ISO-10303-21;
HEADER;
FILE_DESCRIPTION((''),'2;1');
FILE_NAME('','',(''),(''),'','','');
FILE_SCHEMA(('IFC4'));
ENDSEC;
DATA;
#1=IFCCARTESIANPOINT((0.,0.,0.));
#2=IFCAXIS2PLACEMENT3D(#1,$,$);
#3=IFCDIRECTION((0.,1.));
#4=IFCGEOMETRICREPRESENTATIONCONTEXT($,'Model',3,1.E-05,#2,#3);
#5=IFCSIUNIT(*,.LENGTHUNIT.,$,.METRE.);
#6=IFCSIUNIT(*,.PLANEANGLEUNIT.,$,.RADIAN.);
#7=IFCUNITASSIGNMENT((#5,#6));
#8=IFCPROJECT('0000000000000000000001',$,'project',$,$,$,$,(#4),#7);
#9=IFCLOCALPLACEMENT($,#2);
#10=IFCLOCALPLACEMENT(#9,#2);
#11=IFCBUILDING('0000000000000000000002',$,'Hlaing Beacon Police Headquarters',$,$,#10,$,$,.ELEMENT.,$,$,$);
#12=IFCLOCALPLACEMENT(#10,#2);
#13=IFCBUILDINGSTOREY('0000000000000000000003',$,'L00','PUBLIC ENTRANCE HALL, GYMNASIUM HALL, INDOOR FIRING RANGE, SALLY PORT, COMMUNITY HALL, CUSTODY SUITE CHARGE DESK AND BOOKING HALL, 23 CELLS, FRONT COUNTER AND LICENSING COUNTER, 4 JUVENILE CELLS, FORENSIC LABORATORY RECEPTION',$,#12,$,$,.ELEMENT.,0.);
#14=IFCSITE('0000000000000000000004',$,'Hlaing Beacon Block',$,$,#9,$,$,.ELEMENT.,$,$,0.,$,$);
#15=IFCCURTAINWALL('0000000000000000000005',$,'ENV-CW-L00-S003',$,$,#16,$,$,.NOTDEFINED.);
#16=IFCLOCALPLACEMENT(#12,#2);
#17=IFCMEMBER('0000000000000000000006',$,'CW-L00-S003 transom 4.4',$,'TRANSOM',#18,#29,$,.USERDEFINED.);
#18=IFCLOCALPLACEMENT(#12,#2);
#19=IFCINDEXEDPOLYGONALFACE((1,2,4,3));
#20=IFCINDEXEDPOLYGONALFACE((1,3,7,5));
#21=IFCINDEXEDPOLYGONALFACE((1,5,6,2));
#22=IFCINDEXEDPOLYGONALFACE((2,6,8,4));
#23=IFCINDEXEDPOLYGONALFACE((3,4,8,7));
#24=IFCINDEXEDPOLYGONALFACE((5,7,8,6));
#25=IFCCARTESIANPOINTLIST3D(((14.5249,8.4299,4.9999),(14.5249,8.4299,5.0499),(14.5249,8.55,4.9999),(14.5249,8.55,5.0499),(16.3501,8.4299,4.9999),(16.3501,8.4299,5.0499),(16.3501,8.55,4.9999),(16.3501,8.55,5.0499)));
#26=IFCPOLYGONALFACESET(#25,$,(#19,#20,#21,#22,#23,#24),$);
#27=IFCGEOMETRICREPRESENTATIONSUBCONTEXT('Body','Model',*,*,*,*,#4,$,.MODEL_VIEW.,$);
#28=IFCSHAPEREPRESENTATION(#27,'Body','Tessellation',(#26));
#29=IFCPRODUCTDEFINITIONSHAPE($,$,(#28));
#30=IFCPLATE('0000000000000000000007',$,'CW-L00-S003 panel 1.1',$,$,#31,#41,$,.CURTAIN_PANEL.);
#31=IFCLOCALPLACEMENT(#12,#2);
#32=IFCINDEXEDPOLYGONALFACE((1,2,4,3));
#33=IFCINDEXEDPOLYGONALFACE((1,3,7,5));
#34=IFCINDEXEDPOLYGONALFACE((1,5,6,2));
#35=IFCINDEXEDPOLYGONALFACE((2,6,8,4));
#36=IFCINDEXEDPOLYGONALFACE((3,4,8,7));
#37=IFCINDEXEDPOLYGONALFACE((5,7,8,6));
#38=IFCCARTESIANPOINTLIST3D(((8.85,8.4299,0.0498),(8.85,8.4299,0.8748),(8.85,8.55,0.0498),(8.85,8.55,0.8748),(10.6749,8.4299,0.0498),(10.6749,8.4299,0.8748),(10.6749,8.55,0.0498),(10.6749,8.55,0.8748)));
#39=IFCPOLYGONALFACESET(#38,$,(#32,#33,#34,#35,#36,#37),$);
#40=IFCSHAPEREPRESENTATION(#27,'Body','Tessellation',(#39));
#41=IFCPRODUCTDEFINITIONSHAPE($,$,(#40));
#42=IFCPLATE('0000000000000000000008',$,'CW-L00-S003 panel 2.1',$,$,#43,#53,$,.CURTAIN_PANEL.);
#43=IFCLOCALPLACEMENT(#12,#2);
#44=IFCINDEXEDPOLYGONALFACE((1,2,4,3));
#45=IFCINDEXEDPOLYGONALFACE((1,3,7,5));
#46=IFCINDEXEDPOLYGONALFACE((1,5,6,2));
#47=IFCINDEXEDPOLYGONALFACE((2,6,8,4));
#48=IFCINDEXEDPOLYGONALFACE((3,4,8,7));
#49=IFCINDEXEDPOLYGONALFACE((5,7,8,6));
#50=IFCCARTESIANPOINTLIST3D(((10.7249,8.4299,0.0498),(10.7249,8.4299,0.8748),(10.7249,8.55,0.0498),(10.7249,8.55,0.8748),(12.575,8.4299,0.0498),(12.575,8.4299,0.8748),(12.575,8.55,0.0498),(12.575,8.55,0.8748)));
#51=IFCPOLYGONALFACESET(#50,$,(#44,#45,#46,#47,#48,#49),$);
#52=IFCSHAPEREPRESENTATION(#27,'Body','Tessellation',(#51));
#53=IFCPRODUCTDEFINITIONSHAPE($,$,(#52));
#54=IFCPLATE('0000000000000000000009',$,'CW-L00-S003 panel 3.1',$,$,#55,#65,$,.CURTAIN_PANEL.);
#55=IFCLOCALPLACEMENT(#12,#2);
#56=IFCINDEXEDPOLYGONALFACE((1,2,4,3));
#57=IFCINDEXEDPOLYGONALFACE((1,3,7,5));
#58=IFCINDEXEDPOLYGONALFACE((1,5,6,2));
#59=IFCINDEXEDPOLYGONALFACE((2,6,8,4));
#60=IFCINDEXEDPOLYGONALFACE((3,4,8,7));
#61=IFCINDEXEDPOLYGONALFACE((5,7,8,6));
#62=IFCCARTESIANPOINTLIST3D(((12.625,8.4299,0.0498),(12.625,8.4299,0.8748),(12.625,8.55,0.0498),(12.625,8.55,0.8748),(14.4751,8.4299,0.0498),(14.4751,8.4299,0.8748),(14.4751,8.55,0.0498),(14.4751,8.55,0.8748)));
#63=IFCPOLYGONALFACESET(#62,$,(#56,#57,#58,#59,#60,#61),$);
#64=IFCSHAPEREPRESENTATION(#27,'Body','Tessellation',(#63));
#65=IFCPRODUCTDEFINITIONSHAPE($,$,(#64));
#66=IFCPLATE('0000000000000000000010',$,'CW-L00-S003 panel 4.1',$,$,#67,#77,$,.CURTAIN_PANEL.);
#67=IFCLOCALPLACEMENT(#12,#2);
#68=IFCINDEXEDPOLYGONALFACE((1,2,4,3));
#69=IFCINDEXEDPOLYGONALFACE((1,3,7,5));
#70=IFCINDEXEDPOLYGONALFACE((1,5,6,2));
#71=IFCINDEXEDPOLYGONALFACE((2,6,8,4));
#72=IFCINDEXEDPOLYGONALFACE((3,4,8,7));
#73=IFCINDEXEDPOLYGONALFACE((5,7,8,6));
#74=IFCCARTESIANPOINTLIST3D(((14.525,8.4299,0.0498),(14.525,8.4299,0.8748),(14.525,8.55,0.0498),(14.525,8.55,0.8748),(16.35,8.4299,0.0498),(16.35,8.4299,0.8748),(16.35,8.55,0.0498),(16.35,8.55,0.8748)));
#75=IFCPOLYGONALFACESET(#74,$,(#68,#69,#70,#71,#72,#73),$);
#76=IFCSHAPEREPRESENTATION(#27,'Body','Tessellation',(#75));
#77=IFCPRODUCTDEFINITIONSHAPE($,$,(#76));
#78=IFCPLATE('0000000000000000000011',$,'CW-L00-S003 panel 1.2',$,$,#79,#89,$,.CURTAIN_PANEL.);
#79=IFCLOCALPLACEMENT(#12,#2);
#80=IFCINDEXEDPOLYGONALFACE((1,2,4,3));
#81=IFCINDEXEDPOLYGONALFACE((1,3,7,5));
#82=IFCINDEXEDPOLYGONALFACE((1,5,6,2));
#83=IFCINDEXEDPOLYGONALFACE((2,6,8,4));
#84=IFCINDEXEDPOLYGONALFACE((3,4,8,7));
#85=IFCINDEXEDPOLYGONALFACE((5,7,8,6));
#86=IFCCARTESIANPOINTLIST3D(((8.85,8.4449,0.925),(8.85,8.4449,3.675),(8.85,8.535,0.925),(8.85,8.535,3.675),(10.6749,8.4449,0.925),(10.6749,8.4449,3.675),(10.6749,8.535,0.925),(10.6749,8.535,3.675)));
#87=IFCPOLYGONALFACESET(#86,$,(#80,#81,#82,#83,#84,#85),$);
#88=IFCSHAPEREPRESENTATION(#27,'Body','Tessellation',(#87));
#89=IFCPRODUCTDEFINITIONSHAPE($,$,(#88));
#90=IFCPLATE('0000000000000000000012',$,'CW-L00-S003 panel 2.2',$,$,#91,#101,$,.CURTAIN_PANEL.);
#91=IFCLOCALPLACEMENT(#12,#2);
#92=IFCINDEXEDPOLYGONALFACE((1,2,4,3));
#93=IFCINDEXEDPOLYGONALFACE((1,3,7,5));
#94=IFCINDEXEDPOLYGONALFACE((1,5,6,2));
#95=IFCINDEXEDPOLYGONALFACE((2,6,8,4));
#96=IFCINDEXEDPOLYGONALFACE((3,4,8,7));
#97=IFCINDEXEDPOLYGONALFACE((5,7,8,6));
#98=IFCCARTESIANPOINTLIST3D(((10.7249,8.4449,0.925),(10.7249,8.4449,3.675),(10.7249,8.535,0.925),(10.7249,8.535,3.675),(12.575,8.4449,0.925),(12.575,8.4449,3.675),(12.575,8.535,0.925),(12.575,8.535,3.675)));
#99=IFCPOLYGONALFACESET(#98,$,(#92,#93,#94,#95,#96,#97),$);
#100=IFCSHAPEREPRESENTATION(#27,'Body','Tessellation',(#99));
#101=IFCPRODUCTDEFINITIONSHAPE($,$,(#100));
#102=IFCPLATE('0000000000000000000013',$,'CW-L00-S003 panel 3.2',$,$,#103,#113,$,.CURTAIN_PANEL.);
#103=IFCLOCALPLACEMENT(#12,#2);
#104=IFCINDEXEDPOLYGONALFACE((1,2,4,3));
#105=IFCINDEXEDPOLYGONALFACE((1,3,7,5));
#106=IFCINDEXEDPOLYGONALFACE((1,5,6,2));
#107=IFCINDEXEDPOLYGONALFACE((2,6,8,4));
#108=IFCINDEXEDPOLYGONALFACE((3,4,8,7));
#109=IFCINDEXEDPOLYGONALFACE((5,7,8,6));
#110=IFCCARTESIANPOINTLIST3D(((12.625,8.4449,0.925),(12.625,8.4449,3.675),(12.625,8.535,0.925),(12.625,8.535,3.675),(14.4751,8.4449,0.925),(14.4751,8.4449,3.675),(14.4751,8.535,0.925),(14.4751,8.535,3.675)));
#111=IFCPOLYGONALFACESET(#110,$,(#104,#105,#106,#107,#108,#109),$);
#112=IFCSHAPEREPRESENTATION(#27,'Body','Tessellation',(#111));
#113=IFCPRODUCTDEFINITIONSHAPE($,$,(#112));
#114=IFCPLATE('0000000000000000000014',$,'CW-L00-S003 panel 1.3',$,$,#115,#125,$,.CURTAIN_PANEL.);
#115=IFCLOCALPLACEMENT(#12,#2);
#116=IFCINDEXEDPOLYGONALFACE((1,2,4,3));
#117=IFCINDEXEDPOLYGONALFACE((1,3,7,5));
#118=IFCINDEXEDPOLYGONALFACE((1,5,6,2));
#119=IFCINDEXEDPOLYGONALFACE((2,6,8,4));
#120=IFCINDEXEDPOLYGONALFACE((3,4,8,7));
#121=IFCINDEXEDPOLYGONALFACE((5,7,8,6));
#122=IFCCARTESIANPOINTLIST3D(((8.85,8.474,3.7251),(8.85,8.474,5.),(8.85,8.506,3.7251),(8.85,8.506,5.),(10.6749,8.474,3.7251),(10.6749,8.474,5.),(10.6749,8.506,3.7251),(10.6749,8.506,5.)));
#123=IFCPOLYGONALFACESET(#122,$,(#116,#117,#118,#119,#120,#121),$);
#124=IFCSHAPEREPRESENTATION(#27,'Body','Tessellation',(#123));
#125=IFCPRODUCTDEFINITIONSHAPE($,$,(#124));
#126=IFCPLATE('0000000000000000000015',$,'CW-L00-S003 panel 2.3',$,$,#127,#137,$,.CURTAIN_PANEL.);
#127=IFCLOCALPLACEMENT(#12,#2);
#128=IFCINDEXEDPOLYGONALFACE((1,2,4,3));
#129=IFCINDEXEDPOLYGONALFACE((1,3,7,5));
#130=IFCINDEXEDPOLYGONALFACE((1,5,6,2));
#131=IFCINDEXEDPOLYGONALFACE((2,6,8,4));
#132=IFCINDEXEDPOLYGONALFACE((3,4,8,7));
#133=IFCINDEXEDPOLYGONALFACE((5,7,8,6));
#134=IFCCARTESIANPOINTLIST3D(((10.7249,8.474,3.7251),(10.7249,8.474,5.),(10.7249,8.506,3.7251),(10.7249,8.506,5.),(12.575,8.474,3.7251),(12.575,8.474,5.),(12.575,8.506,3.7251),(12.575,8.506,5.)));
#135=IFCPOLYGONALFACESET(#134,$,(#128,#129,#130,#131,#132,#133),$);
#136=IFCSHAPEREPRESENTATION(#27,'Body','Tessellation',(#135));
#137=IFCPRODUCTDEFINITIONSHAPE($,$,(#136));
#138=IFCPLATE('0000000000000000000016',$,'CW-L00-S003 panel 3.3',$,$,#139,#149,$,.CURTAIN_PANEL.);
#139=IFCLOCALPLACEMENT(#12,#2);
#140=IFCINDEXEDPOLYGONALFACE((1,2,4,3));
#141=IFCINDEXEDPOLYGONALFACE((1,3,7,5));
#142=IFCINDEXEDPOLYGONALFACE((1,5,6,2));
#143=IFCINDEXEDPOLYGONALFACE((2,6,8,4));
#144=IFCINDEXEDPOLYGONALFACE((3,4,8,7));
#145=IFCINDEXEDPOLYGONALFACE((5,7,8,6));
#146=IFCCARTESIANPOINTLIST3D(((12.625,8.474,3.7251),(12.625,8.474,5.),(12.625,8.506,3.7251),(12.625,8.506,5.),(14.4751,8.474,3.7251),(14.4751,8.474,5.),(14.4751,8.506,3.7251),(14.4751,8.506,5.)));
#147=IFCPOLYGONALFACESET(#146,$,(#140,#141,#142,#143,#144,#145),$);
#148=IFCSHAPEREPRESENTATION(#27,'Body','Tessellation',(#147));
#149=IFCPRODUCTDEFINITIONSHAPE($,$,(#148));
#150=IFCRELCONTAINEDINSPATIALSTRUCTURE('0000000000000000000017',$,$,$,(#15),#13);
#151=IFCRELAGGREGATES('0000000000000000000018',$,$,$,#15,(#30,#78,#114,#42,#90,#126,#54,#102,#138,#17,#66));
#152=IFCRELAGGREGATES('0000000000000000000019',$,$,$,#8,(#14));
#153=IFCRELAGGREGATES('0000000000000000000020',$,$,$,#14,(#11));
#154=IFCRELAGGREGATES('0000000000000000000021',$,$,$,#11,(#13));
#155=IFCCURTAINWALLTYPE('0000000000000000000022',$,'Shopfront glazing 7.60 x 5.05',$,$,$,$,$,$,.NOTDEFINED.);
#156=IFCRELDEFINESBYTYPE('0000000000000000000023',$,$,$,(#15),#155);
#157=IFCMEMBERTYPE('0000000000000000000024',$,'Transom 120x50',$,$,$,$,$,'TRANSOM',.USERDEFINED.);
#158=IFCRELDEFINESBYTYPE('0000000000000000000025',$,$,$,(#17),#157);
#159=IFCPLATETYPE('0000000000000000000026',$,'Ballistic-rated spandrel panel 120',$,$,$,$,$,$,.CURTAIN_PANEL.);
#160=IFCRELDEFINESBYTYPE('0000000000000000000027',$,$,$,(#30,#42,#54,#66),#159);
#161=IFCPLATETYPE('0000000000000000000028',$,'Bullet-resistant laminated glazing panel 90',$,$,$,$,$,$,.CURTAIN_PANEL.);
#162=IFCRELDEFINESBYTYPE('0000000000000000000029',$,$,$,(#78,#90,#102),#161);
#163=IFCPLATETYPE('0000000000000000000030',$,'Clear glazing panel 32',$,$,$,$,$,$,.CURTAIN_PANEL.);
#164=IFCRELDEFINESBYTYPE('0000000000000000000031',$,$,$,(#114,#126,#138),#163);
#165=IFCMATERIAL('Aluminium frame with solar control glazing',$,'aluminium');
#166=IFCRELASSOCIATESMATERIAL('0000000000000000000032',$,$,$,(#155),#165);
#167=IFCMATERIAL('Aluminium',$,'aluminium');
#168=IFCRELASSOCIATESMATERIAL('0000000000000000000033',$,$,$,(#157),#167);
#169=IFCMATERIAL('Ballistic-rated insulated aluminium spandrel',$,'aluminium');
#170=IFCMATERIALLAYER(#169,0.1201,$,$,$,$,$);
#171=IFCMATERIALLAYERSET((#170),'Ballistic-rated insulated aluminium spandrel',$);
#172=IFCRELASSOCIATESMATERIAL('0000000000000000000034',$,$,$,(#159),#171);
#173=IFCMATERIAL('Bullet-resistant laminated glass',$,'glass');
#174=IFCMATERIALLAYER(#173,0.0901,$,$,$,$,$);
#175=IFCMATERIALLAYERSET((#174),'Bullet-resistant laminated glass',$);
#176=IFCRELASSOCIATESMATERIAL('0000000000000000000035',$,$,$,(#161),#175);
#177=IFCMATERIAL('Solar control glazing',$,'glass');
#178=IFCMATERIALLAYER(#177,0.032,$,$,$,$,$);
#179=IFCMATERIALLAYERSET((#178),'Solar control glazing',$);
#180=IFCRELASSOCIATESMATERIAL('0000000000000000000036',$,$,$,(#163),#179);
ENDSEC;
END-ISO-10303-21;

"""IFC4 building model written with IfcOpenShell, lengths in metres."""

from ifc_helpers import new_model, si_unit, direction, frame, origin, origin_2d, place, context, subcontext, project, spatial, rectangle, extrude, material, layer, layer_set, material_profile, profile_set, type_object, element, aggregate, save


model = new_model("IFC4")

# Units and contexts
model_context = context("Model", 3, precision=1e-05, world=origin(), true_north=direction((0.0, 1.0)))
body_context = subcontext(model_context, "Body", "Model", "MODEL_VIEW")
ifc_project = project(units=[si_unit("LENGTHUNIT", "METRE"), si_unit("PLANEANGLEUNIT", "RADIAN")], contexts=[model_context])

# Site, building, storey
site_placement = place(None, origin())
site = spatial("IfcSite", under=ifc_project, at=site_placement, Name="Hlaing Beacon Block", CompositionType="ELEMENT", RefElevation=0.0)
building_placement = place(site_placement, origin())
building = spatial("IfcBuilding", under=site, at=building_placement, Name="Hlaing Beacon Police Headquarters", CompositionType="ELEMENT")
storey_placement = place(building_placement, origin())
storey = spatial("IfcBuildingStorey", under=building, at=storey_placement, Name="L00", Description="PUBLIC ENTRANCE HALL, GYMNASIUM HALL, INDOOR FIRING RANGE, SALLY PORT, COMMUNITY HALL, CUSTODY SUITE CHARGE DESK AND BOOKING HALL, 23 CELLS, FRONT COUNTER AND LICENSING COUNTER, 4 JUVENILE CELLS, FORENSIC LABORATORY RECEPTION", CompositionType="ELEMENT", Elevation=0.0)

# Curtain wall, member, plates
ifc_material_1 = material(Name="Aluminium frame with solar control glazing", Category="aluminium")
curtain_wall_type = type_object("IfcCurtainWallType", Name="Shopfront glazing 7.60 x 5.05", PredefinedType="NOTDEFINED", material=ifc_material_1)
curtain_wall_placement = place(storey_placement, origin())
curtain_wall = element("IfcCurtainWall", 1, at=curtain_wall_placement, inside=storey, type_object=curtain_wall_type, Name="ENV-CW-L00-S003", PredefinedType="NOTDEFINED")
ifc_material_2 = material(Name="Aluminium", Category="aluminium")
ifc_material_profile_1 = material_profile(ifc_material_2, rectangle(XDim=0.1201, YDim=0.05, at=origin_2d()), Name="Transom 120x50")
ifc_profile_set_1 = profile_set([ifc_material_profile_1], Name="Aluminium")
member_type_1 = type_object("IfcMemberType", Name="Transom 120x50", ElementType="TRANSOM", PredefinedType="USERDEFINED", material=ifc_profile_set_1)
member_1_placement = place(storey_placement, frame((14.5249, 8.49, 5.0249), z_axis=(1.0, 0.0, 0.0), x_axis=(0.0, 1.0, 0.0)))
member_1 = element("IfcMember", 2, at=member_1_placement, type_object=member_type_1, Name="CW-L00-S003 transom 4.4", ObjectType="TRANSOM", PredefinedType="USERDEFINED", context=body_context, shape_type="SweptSolid", body=[
    extrude(rectangle(XDim=0.1201, YDim=0.05, at=origin_2d()), origin(), (0.0, 0.0, 1.0), 1.8252),
])
ifc_material_3 = material(Name="Ballistic-rated insulated aluminium spandrel", Category="aluminium")
ifc_layer_1 = layer(ifc_material_3, 0.1201)
ifc_layer_set_1 = layer_set([ifc_layer_1], Name="Ballistic-rated insulated aluminium spandrel")
plate_type_1 = type_object("IfcPlateType", Name="Ballistic-rated spandrel panel 120", PredefinedType="CURTAIN_PANEL", material=ifc_layer_set_1)
plate_1_placement = place(storey_placement, frame((9.7625, 8.49, 0.0498), z_axis=(0.0, 0.0, 1.0), x_axis=(1.0, 0.0, 0.0)))
plate_1 = element("IfcPlate", 3, at=plate_1_placement, type_object=plate_type_1, Name="CW-L00-S003 panel 1.1", PredefinedType="CURTAIN_PANEL", context=body_context, shape_type="SweptSolid", body=[
    extrude(rectangle(XDim=1.825, YDim=0.1201, at=origin_2d()), origin(), (0.0, 0.0, 1.0), 0.825),
])
plate_2_placement = place(storey_placement, frame((11.6499, 8.49, 0.0498), z_axis=(0.0, 0.0, 1.0), x_axis=(1.0, 0.0, 0.0)))
plate_2 = element("IfcPlate", 4, at=plate_2_placement, type_object=plate_type_1, Name="CW-L00-S003 panel 2.1", PredefinedType="CURTAIN_PANEL", context=body_context, shape_type="SweptSolid", body=[
    extrude(rectangle(XDim=1.8501, YDim=0.1201, at=origin_2d()), origin(), (0.0, 0.0, 1.0), 0.825),
])
plate_3_placement = place(storey_placement, frame((13.55, 8.49, 0.0498), z_axis=(0.0, 0.0, 1.0), x_axis=(1.0, 0.0, 0.0)))
plate_3 = element("IfcPlate", 5, at=plate_3_placement, type_object=plate_type_1, Name="CW-L00-S003 panel 3.1", PredefinedType="CURTAIN_PANEL", context=body_context, shape_type="SweptSolid", body=[
    extrude(rectangle(XDim=1.8501, YDim=0.1201, at=origin_2d()), origin(), (0.0, 0.0, 1.0), 0.825),
])
plate_4_placement = place(storey_placement, frame((15.4375, 8.49, 0.0498), z_axis=(0.0, 0.0, 1.0), x_axis=(1.0, 0.0, 0.0)))
plate_4 = element("IfcPlate", 6, at=plate_4_placement, type_object=plate_type_1, Name="CW-L00-S003 panel 4.1", PredefinedType="CURTAIN_PANEL", context=body_context, shape_type="SweptSolid", body=[
    extrude(rectangle(XDim=1.825, YDim=0.1201, at=origin_2d()), origin(), (0.0, 0.0, 1.0), 0.825),
])
ifc_material_4 = material(Name="Bullet-resistant laminated glass", Category="glass")
ifc_layer_2 = layer(ifc_material_4, 0.0901)
ifc_layer_set_2 = layer_set([ifc_layer_2], Name="Bullet-resistant laminated glass")
plate_type_2 = type_object("IfcPlateType", Name="Bullet-resistant laminated glazing panel 90", PredefinedType="CURTAIN_PANEL", material=ifc_layer_set_2)
plate_5_placement = place(storey_placement, frame((9.7625, 8.49, 0.925), z_axis=(0.0, 0.0, 1.0), x_axis=(1.0, 0.0, 0.0)))
plate_5 = element("IfcPlate", 7, at=plate_5_placement, type_object=plate_type_2, Name="CW-L00-S003 panel 1.2", PredefinedType="CURTAIN_PANEL", context=body_context, shape_type="SweptSolid", body=[
    extrude(rectangle(XDim=1.825, YDim=0.0901, at=origin_2d()), origin(), (0.0, 0.0, 1.0), 2.75),
])
plate_6_placement = place(storey_placement, frame((11.6499, 8.49, 0.925), z_axis=(0.0, 0.0, 1.0), x_axis=(1.0, 0.0, 0.0)))
plate_6 = element("IfcPlate", 8, at=plate_6_placement, type_object=plate_type_2, Name="CW-L00-S003 panel 2.2", PredefinedType="CURTAIN_PANEL", context=body_context, shape_type="SweptSolid", body=[
    extrude(rectangle(XDim=1.8501, YDim=0.0901, at=origin_2d()), origin(), (0.0, 0.0, 1.0), 2.75),
])
plate_7_placement = place(storey_placement, frame((13.55, 8.49, 0.925), z_axis=(0.0, 0.0, 1.0), x_axis=(1.0, 0.0, 0.0)))
plate_7 = element("IfcPlate", 9, at=plate_7_placement, type_object=plate_type_2, Name="CW-L00-S003 panel 3.2", PredefinedType="CURTAIN_PANEL", context=body_context, shape_type="SweptSolid", body=[
    extrude(rectangle(XDim=1.8501, YDim=0.0901, at=origin_2d()), origin(), (0.0, 0.0, 1.0), 2.75),
])
ifc_material_5 = material(Name="Solar control glazing", Category="glass")
ifc_layer_3 = layer(ifc_material_5, 0.032)
ifc_layer_set_3 = layer_set([ifc_layer_3], Name="Solar control glazing")
plate_type_3 = type_object("IfcPlateType", Name="Clear glazing panel 32", PredefinedType="CURTAIN_PANEL", material=ifc_layer_set_3)
plate_8_placement = place(storey_placement, frame((9.7625, 8.49, 3.7251), z_axis=(0.0, 0.0, 1.0), x_axis=(1.0, 0.0, 0.0)))
plate_8 = element("IfcPlate", 10, at=plate_8_placement, type_object=plate_type_3, Name="CW-L00-S003 panel 1.3", PredefinedType="CURTAIN_PANEL", context=body_context, shape_type="SweptSolid", body=[
    extrude(rectangle(XDim=1.825, YDim=0.032, at=origin_2d()), origin(), (0.0, 0.0, 1.0), 1.2749),
])
plate_9_placement = place(storey_placement, frame((11.6499, 8.49, 3.7251), z_axis=(0.0, 0.0, 1.0), x_axis=(1.0, 0.0, 0.0)))
plate_9 = element("IfcPlate", 11, at=plate_9_placement, type_object=plate_type_3, Name="CW-L00-S003 panel 2.3", PredefinedType="CURTAIN_PANEL", context=body_context, shape_type="SweptSolid", body=[
    extrude(rectangle(XDim=1.8501, YDim=0.032, at=origin_2d()), origin(), (0.0, 0.0, 1.0), 1.2749),
])
plate_10_placement = place(storey_placement, frame((13.55, 8.49, 3.7251), z_axis=(0.0, 0.0, 1.0), x_axis=(1.0, 0.0, 0.0)))
plate_10 = element("IfcPlate", 12, at=plate_10_placement, type_object=plate_type_3, Name="CW-L00-S003 panel 3.3", PredefinedType="CURTAIN_PANEL", context=body_context, shape_type="SweptSolid", body=[
    extrude(rectangle(XDim=1.8501, YDim=0.032, at=origin_2d()), origin(), (0.0, 0.0, 1.0), 1.2749),
])
aggregate(curtain_wall, [plate_1, plate_5, plate_8, plate_2, plate_6, plate_9, plate_3, plate_7, plate_10, member_1, plate_4])

save(model, "model.ifc")
